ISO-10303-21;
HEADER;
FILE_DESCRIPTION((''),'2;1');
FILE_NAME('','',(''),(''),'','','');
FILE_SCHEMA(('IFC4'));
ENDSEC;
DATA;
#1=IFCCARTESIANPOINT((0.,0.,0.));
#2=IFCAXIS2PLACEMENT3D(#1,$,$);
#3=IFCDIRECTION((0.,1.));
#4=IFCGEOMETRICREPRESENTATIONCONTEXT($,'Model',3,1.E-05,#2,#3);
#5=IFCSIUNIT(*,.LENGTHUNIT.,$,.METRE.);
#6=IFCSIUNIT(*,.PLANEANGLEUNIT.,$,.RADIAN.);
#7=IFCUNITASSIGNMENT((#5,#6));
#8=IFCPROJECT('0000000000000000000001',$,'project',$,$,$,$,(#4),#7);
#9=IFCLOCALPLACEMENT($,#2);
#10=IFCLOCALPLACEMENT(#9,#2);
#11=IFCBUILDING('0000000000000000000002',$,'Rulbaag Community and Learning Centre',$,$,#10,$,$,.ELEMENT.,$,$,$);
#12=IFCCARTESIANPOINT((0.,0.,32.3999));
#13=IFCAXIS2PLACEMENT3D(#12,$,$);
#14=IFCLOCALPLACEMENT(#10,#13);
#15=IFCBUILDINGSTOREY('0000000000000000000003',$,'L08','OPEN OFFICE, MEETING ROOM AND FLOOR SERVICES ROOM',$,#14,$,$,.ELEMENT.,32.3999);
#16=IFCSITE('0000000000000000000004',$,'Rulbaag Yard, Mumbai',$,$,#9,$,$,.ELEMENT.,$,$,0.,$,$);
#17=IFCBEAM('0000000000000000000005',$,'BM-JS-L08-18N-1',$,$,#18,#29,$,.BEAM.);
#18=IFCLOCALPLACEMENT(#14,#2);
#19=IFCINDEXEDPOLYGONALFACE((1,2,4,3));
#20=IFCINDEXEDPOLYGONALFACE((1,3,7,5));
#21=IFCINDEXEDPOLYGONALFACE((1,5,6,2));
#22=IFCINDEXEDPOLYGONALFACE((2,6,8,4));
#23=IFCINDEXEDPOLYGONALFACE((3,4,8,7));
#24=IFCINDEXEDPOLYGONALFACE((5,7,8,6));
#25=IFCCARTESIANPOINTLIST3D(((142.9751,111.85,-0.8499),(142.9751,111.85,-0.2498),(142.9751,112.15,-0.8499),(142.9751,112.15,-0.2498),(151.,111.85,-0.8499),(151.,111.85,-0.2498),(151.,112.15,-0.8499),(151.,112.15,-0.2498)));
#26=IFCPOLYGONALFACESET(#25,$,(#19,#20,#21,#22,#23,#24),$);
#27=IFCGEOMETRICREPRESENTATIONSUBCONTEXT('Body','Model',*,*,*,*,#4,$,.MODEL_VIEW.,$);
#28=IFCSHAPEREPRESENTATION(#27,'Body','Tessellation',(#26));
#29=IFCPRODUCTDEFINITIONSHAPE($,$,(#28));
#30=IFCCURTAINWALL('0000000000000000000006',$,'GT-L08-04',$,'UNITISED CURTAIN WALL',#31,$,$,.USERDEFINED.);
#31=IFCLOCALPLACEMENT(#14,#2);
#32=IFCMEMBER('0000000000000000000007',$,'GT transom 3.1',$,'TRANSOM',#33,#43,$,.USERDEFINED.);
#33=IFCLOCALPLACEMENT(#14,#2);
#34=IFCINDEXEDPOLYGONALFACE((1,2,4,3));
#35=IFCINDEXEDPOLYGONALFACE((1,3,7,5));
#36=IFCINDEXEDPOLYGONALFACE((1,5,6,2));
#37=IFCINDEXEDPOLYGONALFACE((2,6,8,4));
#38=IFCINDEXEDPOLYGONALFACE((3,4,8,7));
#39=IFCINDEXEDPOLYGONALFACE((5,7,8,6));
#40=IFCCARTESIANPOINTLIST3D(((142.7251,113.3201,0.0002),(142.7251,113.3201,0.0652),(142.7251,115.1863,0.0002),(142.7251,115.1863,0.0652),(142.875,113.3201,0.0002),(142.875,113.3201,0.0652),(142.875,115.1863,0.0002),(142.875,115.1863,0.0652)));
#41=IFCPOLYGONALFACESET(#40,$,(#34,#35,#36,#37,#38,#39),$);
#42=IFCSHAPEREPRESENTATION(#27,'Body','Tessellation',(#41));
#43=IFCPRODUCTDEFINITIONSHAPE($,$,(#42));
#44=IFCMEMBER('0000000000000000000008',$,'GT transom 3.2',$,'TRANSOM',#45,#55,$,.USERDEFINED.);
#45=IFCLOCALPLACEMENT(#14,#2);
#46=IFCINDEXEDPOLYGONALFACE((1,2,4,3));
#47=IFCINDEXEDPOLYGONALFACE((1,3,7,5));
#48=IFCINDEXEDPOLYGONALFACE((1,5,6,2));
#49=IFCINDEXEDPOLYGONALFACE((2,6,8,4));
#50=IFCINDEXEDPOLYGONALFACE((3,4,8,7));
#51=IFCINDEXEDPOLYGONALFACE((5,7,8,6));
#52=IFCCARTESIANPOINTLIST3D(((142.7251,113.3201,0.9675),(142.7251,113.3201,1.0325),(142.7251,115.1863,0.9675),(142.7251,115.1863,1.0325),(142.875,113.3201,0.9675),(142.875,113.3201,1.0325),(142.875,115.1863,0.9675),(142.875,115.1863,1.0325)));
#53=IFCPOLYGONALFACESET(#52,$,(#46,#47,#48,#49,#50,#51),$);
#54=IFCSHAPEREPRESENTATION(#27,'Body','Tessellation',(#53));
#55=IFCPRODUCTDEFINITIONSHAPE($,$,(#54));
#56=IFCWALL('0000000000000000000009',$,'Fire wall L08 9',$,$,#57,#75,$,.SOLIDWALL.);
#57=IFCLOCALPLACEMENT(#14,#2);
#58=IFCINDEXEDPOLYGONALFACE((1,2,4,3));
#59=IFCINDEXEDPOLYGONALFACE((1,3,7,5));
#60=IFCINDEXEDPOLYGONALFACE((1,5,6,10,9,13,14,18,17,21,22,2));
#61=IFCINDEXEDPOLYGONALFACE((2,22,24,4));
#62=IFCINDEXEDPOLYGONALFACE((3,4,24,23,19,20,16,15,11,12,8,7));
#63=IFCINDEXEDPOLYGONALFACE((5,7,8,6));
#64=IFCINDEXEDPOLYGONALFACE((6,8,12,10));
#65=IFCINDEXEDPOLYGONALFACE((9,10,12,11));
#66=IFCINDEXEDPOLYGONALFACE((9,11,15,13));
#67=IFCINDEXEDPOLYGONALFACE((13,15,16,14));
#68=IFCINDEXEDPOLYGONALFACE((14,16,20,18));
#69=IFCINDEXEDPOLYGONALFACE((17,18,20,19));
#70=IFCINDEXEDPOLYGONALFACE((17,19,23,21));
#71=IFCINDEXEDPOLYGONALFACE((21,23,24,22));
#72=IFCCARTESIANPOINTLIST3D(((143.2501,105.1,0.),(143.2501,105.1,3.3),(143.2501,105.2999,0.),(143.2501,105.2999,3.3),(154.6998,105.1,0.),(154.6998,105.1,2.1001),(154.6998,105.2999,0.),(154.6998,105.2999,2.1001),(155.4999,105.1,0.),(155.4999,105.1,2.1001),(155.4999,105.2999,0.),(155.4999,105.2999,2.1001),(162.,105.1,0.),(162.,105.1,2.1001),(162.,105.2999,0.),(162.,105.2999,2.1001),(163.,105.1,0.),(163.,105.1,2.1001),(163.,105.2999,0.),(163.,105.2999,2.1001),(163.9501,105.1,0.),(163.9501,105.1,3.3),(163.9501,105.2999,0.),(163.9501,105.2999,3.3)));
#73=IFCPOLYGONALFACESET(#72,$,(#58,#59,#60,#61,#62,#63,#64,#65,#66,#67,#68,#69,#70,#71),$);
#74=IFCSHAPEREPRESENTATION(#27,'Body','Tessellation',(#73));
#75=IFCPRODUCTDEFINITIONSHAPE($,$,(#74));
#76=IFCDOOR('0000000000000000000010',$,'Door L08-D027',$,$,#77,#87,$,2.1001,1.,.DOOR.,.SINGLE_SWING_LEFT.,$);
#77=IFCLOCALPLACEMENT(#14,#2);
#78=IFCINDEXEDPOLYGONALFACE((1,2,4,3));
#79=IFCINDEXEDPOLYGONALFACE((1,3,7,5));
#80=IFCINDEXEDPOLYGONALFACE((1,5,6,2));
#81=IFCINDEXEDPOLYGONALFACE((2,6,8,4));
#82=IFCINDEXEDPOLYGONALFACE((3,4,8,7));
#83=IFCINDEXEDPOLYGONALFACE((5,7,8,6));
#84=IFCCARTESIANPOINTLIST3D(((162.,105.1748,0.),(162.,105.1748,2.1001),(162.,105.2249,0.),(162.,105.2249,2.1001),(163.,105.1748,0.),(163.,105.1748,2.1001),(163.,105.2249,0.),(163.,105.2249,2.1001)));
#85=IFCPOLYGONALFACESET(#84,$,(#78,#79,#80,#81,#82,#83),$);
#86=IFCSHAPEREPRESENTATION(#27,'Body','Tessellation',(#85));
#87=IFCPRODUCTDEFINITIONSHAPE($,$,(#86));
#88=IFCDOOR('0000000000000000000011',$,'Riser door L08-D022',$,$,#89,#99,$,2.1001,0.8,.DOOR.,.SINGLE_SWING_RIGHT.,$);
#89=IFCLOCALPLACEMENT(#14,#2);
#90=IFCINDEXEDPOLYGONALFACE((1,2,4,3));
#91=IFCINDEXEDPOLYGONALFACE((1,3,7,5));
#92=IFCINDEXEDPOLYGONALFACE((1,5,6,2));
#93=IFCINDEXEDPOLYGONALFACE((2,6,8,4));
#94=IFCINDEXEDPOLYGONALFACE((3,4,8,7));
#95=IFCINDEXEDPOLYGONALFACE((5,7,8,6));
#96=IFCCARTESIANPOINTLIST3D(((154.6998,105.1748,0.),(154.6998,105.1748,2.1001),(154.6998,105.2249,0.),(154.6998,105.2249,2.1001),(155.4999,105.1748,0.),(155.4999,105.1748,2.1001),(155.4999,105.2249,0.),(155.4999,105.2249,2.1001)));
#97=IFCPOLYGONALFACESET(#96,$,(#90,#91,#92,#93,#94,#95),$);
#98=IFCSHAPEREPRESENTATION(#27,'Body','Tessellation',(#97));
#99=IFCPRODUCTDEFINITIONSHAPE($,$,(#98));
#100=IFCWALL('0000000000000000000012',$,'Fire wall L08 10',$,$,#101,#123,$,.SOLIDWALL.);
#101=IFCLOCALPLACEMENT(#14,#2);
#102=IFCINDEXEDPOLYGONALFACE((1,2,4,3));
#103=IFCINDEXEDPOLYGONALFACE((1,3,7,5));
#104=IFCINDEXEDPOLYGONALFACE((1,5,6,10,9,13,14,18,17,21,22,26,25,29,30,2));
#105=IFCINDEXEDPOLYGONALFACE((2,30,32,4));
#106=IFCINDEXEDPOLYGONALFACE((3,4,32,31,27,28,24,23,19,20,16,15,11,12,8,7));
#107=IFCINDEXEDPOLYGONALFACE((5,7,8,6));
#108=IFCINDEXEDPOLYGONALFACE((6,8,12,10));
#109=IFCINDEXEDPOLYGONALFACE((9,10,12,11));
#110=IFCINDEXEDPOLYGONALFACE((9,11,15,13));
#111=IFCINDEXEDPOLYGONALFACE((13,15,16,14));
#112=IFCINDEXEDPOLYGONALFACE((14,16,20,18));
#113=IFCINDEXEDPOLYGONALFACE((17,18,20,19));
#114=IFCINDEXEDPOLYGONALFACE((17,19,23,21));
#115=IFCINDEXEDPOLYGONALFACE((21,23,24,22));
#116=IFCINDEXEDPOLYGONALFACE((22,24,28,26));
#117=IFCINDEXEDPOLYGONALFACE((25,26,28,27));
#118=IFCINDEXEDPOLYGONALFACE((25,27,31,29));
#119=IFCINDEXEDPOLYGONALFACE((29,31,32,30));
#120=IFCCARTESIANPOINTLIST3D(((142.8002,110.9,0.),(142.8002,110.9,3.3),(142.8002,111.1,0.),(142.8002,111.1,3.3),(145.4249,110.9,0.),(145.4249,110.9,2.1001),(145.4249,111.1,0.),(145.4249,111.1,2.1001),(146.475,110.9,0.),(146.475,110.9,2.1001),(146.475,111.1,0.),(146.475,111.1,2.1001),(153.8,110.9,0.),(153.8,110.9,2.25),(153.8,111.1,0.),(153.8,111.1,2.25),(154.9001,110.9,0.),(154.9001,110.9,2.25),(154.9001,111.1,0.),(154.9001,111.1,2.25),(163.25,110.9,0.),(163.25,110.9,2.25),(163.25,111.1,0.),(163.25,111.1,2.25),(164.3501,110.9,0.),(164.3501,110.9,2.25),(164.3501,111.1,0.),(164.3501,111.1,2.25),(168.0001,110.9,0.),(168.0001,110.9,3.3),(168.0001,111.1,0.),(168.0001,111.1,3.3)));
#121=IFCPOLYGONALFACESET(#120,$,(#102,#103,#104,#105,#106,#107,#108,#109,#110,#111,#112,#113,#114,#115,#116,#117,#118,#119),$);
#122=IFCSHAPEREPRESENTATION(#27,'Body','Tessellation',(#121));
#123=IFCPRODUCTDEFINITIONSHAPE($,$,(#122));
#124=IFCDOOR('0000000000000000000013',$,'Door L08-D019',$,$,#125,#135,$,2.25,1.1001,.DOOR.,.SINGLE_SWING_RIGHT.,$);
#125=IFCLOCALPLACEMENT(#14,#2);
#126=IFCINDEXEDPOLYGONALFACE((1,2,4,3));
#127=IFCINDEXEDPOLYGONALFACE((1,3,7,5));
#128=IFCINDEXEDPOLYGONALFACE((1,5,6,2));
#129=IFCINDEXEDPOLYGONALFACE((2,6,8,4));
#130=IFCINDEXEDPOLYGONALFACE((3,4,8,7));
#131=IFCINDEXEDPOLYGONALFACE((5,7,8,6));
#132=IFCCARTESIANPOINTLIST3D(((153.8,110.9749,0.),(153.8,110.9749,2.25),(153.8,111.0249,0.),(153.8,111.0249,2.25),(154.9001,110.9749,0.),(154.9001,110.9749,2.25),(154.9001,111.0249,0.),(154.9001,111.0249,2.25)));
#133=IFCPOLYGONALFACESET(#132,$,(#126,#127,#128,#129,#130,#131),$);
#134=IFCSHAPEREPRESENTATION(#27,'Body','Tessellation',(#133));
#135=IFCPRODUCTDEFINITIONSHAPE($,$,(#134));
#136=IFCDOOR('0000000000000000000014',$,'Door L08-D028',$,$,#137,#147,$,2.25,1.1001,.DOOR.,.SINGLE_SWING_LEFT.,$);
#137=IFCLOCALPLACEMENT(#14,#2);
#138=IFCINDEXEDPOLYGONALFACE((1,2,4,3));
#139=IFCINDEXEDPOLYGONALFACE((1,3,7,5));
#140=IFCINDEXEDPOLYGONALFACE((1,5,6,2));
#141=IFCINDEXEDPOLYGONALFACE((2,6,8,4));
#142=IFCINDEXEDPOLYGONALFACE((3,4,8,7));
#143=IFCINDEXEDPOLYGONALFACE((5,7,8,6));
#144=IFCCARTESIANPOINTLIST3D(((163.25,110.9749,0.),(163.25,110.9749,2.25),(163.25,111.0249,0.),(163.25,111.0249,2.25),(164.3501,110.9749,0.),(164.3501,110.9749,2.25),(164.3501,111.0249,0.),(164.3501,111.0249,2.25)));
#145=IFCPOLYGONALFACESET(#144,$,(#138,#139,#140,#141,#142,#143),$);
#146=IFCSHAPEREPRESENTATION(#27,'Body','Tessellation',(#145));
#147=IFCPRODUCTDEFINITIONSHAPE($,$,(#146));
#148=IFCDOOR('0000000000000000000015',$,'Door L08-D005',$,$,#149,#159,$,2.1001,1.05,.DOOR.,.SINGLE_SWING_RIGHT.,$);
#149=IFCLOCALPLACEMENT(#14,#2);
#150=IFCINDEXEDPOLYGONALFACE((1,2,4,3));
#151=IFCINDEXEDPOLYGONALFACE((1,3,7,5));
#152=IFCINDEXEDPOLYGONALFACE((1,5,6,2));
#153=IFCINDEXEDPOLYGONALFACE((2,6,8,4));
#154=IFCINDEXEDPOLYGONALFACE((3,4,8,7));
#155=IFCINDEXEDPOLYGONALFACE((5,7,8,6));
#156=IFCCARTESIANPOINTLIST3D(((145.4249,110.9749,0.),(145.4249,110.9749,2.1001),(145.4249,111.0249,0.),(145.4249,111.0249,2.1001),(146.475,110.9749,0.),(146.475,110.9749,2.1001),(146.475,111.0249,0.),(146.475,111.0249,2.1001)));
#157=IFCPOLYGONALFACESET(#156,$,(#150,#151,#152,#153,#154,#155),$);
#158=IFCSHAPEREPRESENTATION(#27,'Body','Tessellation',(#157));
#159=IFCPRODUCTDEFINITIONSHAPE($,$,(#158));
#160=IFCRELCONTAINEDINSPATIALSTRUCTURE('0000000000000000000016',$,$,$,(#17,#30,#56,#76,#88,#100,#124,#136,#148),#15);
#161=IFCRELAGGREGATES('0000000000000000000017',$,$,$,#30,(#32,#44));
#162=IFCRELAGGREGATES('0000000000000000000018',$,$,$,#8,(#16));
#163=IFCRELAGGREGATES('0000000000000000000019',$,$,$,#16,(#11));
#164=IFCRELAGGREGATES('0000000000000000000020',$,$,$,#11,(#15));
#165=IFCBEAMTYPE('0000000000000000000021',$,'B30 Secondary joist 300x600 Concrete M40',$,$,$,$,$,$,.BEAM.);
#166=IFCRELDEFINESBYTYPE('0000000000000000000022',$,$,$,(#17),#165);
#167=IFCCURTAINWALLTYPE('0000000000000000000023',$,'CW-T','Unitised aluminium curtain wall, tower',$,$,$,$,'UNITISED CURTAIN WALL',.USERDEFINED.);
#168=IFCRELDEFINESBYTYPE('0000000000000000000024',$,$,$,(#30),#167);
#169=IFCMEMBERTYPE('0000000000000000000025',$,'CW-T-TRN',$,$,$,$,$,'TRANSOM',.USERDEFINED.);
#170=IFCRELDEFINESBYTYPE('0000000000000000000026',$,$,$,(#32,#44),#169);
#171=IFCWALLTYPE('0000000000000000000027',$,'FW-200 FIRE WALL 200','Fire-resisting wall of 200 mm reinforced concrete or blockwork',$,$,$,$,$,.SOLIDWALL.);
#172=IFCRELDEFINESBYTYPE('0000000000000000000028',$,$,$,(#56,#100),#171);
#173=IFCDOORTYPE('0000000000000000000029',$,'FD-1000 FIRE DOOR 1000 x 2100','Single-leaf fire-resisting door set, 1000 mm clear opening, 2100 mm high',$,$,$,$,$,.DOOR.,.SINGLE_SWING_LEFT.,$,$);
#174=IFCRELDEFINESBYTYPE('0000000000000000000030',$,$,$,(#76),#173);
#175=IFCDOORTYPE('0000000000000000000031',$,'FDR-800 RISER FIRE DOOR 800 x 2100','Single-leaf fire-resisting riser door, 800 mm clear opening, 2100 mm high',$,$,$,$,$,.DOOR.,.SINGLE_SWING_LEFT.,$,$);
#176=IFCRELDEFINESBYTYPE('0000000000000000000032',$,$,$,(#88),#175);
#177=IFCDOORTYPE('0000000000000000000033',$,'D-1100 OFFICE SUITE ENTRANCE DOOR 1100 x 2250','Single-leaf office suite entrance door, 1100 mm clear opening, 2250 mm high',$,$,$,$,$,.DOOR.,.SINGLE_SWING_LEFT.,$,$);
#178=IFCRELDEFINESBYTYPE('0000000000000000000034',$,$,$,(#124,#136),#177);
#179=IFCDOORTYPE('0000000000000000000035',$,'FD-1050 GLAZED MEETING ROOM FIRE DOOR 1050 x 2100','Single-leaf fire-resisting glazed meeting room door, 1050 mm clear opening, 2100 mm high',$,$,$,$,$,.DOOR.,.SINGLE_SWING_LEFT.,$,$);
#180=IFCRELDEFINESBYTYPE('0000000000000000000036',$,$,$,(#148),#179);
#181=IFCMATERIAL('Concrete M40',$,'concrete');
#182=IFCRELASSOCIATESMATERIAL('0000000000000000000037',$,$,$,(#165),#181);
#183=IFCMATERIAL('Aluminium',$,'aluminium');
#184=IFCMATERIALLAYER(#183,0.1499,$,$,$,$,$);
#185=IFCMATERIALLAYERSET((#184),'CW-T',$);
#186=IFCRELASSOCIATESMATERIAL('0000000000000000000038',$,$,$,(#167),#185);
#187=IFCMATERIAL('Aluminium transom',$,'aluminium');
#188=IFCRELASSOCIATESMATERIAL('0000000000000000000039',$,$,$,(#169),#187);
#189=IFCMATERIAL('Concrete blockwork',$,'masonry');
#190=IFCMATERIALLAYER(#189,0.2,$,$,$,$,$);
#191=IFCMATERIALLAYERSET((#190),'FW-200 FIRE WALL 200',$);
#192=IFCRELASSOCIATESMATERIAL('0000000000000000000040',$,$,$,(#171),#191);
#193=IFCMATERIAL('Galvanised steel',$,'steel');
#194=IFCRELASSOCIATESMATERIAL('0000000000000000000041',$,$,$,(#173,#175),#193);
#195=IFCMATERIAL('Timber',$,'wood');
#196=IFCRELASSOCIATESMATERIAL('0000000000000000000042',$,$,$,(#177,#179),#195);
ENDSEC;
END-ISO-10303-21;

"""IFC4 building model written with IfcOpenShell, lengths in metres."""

from ifc_helpers import new_model, si_unit, direction, frame, frame_2d, origin, origin_2d, place, context, subcontext, project, spatial, rectangle, extrude, material, layer, layer_set, material_profile, profile_set, type_object, element, fill, aggregate, save


model = new_model("IFC4")

# Units and contexts
model_context = context("Model", 3, precision=1e-05, world=origin(), true_north=direction((0.0, 1.0)))
body_context = subcontext(model_context, "Body", "Model", "MODEL_VIEW")
ifc_project = project(units=[si_unit("LENGTHUNIT", "METRE"), si_unit("PLANEANGLEUNIT", "RADIAN")], contexts=[model_context])

# Site, building, storey
site_placement = place(None, origin())
site = spatial("IfcSite", under=ifc_project, at=site_placement, Name="Rulbaag Yard, Mumbai", CompositionType="ELEMENT", RefElevation=0.0)
building_placement = place(site_placement, origin())
building = spatial("IfcBuilding", under=site, at=building_placement, Name="Rulbaag Community and Learning Centre", CompositionType="ELEMENT")
storey_placement = place(building_placement, frame((0.0, 0.0, 32.3999)))
storey = spatial("IfcBuildingStorey", under=building, at=storey_placement, Name="L08", Description="OPEN OFFICE, MEETING ROOM AND FLOOR SERVICES ROOM", CompositionType="ELEMENT", Elevation=32.3999)

# Beam
ifc_material_1 = material(Name="Concrete M40", Category="concrete")
ifc_material_profile_1 = material_profile(ifc_material_1, rectangle(XDim=0.3, YDim=0.6001, at=origin_2d()), Name="RB300x600")
ifc_profile_set_1 = profile_set([ifc_material_profile_1], Name="Concrete M40")
beam_type = type_object("IfcBeamType", Name="B30 Secondary joist 300x600 Concrete M40", PredefinedType="BEAM", material=ifc_profile_set_1)
beam_placement = place(storey_placement, frame((142.9751, 112.0, -0.5498), z_axis=(1.0, 0.0, 0.0), x_axis=(0.0, 1.0, 0.0)))
element("IfcBeam", 1, at=beam_placement, inside=storey, type_object=beam_type, Name="BM-JS-L08-18N-1", PredefinedType="BEAM", context=body_context, shape_type="SweptSolid", body=[
    extrude(rectangle(XDim=0.3, YDim=0.6001, at=origin_2d()), origin(), (0.0, 0.0, 1.0), 8.0249),
])

# Curtain wall, members
ifc_material_2 = material(Name="Aluminium", Category="aluminium")
ifc_layer_1 = layer(ifc_material_2, 0.1499)
ifc_layer_set_1 = layer_set([ifc_layer_1], Name="CW-T")
curtain_wall_type = type_object("IfcCurtainWallType", Name="CW-T", Description="Unitised aluminium curtain wall, tower", ElementType="UNITISED CURTAIN WALL", PredefinedType="USERDEFINED", material=ifc_layer_set_1)
curtain_wall_placement = place(storey_placement, origin())
curtain_wall = element("IfcCurtainWall", 2, at=curtain_wall_placement, inside=storey, type_object=curtain_wall_type, Name="GT-L08-04", ObjectType="UNITISED CURTAIN WALL", PredefinedType="USERDEFINED")
ifc_material_3 = material(Name="Aluminium transom", Category="aluminium")
ifc_material_profile_2 = material_profile(ifc_material_3, rectangle(XDim=0.1499, YDim=0.0649, at=origin_2d()), Name="AL 65x150 T")
ifc_profile_set_2 = profile_set([ifc_material_profile_2], Name="Aluminium transom")
member_type = type_object("IfcMemberType", Name="CW-T-TRN", ElementType="TRANSOM", PredefinedType="USERDEFINED", material=ifc_profile_set_2)
member_1_placement = place(storey_placement, frame((142.8, 113.3201, 0.0327), z_axis=(0.0, 1.0, 0.0), x_axis=(-1.0, 0.0, 0.0)))
member_1 = element("IfcMember", 3, at=member_1_placement, type_object=member_type, Name="GT transom 3.1", ObjectType="TRANSOM", PredefinedType="USERDEFINED", context=body_context, shape_type="SweptSolid", body=[
    extrude(rectangle(XDim=0.1499, YDim=0.0649, at=origin_2d()), origin(), (0.0, 0.0, 1.0), 1.8662),
])
member_2_placement = place(storey_placement, frame((142.8, 113.3201, 1.0), z_axis=(0.0, 1.0, 0.0), x_axis=(-1.0, 0.0, 0.0)))
member_2 = element("IfcMember", 4, at=member_2_placement, type_object=member_type, Name="GT transom 3.2", ObjectType="TRANSOM", PredefinedType="USERDEFINED", context=body_context, shape_type="SweptSolid", body=[
    extrude(rectangle(XDim=0.1499, YDim=0.0649, at=origin_2d()), origin(), (0.0, 0.0, 1.0), 1.8662),
])
aggregate(curtain_wall, [member_1, member_2])

# Walls, openings, doors
ifc_material_4 = material(Name="Concrete blockwork", Category="masonry")
ifc_layer_2 = layer(ifc_material_4, 0.2)
ifc_layer_set_2 = layer_set([ifc_layer_2], Name="FW-200 FIRE WALL 200")
wall_type_1 = type_object("IfcWallType", Name="FW-200 FIRE WALL 200", Description="Fire-resisting wall of 200 mm reinforced concrete or blockwork", PredefinedType="SOLIDWALL", material=ifc_layer_set_2)
wall_1_placement = place(storey_placement, frame((143.25, 105.2, 0.0), z_axis=(0.0, 0.0, 1.0), x_axis=(1.0, 0.0, 0.0)))
wall_1 = element("IfcWall", 5, at=wall_1_placement, inside=storey, type_object=wall_type_1, Name="Fire wall L08 9", PredefinedType="SOLIDWALL", context=body_context, shape_type="SweptSolid", body=[
    extrude(rectangle(XDim=20.7, YDim=0.2, at=frame_2d((10.3501, 0.0))), origin(), (0.0, 0.0, 1.0), 3.3),
])
opening_1_placement = place(wall_1_placement, frame((11.45, 0.0, 0.0)))
opening_1 = element("IfcOpeningElement", 6, at=opening_1_placement, cuts=wall_1, PredefinedType="OPENING", context=body_context, shape_type="SweptSolid", body=[
    extrude(rectangle(XDim=0.8, YDim=2.1001, at=frame_2d((0.3999, 1.05))), frame((0.0, 0.1099, 0.0), z_axis=(0.0, -1.0, 0.0), x_axis=(1.0, 0.0, 0.0)), (0.0, 0.0, 1.0), 0.22),
])
opening_2_placement = place(wall_1_placement, frame((18.75, 0.0, 0.0)))
opening_2 = element("IfcOpeningElement", 7, at=opening_2_placement, cuts=wall_1, PredefinedType="OPENING", context=body_context, shape_type="SweptSolid", body=[
    extrude(rectangle(XDim=1.0, YDim=2.1001, at=frame_2d((0.5, 1.05))), frame((0.0, 0.1099, 0.0), z_axis=(0.0, -1.0, 0.0), x_axis=(1.0, 0.0, 0.0)), (0.0, 0.0, 1.0), 0.22),
])
ifc_material_5 = material(Name="Galvanised steel", Category="steel")
door_type_1 = type_object("IfcDoorType", Name="FD-1000 FIRE DOOR 1000 x 2100", Description="Single-leaf fire-resisting door set, 1000 mm clear opening, 2100 mm high", OperationType="SINGLE_SWING_LEFT", PredefinedType="DOOR", material=ifc_material_5)
door_1_placement = place(opening_2_placement, origin())
door_1 = element("IfcDoor", 8, at=door_1_placement, inside=storey, type_object=door_type_1, Name="Door L08-D027", OperationType="SINGLE_SWING_LEFT", OverallHeight=2.1001, OverallWidth=1.0, PredefinedType="DOOR", context=body_context, shape_type="SweptSolid", body=[
    extrude(rectangle(XDim=1.0, YDim=2.1001, at=frame_2d((0.5, 1.05))), frame((0.0, 0.0249, 0.0), z_axis=(0.0, -1.0, 0.0), x_axis=(1.0, 0.0, 0.0)), (0.0, 0.0, 1.0), 0.05),
])
fill(opening_2, door_1)
door_type_2 = type_object("IfcDoorType", Name="FDR-800 RISER FIRE DOOR 800 x 2100", Description="Single-leaf fire-resisting riser door, 800 mm clear opening, 2100 mm high", OperationType="SINGLE_SWING_LEFT", PredefinedType="DOOR", material=ifc_material_5)
door_2_placement = place(opening_1_placement, origin())
door_2 = element("IfcDoor", 9, at=door_2_placement, inside=storey, type_object=door_type_2, Name="Riser door L08-D022", OperationType="SINGLE_SWING_RIGHT", OverallHeight=2.1001, OverallWidth=0.8, PredefinedType="DOOR", context=body_context, shape_type="SweptSolid", body=[
    extrude(rectangle(XDim=0.8, YDim=2.1001, at=frame_2d((0.3999, 1.05))), frame((0.0, 0.0249, 0.0), z_axis=(0.0, -1.0, 0.0), x_axis=(1.0, 0.0, 0.0)), (0.0, 0.0, 1.0), 0.05),
])
fill(opening_1, door_2)
wall_2_placement = place(storey_placement, frame((142.8, 111.0, 0.0), z_axis=(0.0, 0.0, 1.0), x_axis=(1.0, 0.0, 0.0)))
wall_2 = element("IfcWall", 10, at=wall_2_placement, inside=storey, type_object=wall_type_1, Name="Fire wall L08 10", PredefinedType="SOLIDWALL", context=body_context, shape_type="SweptSolid", body=[
    extrude(rectangle(XDim=25.2, YDim=0.2, at=frame_2d((12.6001, 0.0))), origin(), (0.0, 0.0, 1.0), 3.3),
])
opening_3_placement = place(wall_2_placement, frame((2.625, 0.0, 0.0)))
opening_3 = element("IfcOpeningElement", 11, at=opening_3_placement, cuts=wall_2, PredefinedType="OPENING", context=body_context, shape_type="SweptSolid", body=[
    extrude(rectangle(XDim=1.05, YDim=2.1001, at=frame_2d((0.5249, 1.05))), frame((0.0, 0.1099, 0.0), z_axis=(0.0, -1.0, 0.0), x_axis=(1.0, 0.0, 0.0)), (0.0, 0.0, 1.0), 0.22),
])
opening_4_placement = place(wall_2_placement, frame((11.0, 0.0, 0.0)))
opening_4 = element("IfcOpeningElement", 12, at=opening_4_placement, cuts=wall_2, PredefinedType="OPENING", context=body_context, shape_type="SweptSolid", body=[
    extrude(rectangle(XDim=1.1001, YDim=2.25, at=frame_2d((0.55, 1.125))), frame((0.0, 0.1099, 0.0), z_axis=(0.0, -1.0, 0.0), x_axis=(1.0, 0.0, 0.0)), (0.0, 0.0, 1.0), 0.22),
])
opening_5_placement = place(wall_2_placement, frame((20.45, 0.0, 0.0)))
opening_5 = element("IfcOpeningElement", 13, at=opening_5_placement, cuts=wall_2, PredefinedType="OPENING", context=body_context, shape_type="SweptSolid", body=[
    extrude(rectangle(XDim=1.1001, YDim=2.25, at=frame_2d((0.55, 1.125))), frame((0.0, 0.1099, 0.0), z_axis=(0.0, -1.0, 0.0), x_axis=(1.0, 0.0, 0.0)), (0.0, 0.0, 1.0), 0.22),
])
ifc_material_6 = material(Name="Timber", Category="wood")
door_type_3 = type_object("IfcDoorType", Name="D-1100 OFFICE SUITE ENTRANCE DOOR 1100 x 2250", Description="Single-leaf office suite entrance door, 1100 mm clear opening, 2250 mm high", OperationType="SINGLE_SWING_LEFT", PredefinedType="DOOR", material=ifc_material_6)
door_3_placement = place(opening_4_placement, origin())
door_3 = element("IfcDoor", 14, at=door_3_placement, inside=storey, type_object=door_type_3, Name="Door L08-D019", OperationType="SINGLE_SWING_RIGHT", OverallHeight=2.25, OverallWidth=1.1001, PredefinedType="DOOR", context=body_context, shape_type="SweptSolid", body=[
    extrude(rectangle(XDim=1.1001, YDim=2.25, at=frame_2d((0.55, 1.125))), frame((0.0, 0.0249, 0.0), z_axis=(0.0, -1.0, 0.0), x_axis=(1.0, 0.0, 0.0)), (0.0, 0.0, 1.0), 0.05),
])
fill(opening_4, door_3)
door_4_placement = place(opening_5_placement, origin())
door_4 = element("IfcDoor", 15, at=door_4_placement, inside=storey, type_object=door_type_3, Name="Door L08-D028", OperationType="SINGLE_SWING_LEFT", OverallHeight=2.25, OverallWidth=1.1001, PredefinedType="DOOR", context=body_context, shape_type="SweptSolid", body=[
    extrude(rectangle(XDim=1.1001, YDim=2.25, at=frame_2d((0.55, 1.125))), frame((0.0, 0.0249, 0.0), z_axis=(0.0, -1.0, 0.0), x_axis=(1.0, 0.0, 0.0)), (0.0, 0.0, 1.0), 0.05),
])
fill(opening_5, door_4)
door_type_4 = type_object("IfcDoorType", Name="FD-1050 GLAZED MEETING ROOM FIRE DOOR 1050 x 2100", Description="Single-leaf fire-resisting glazed meeting room door, 1050 mm clear opening, 2100 mm high", OperationType="SINGLE_SWING_LEFT", PredefinedType="DOOR", material=ifc_material_6)
door_5_placement = place(opening_3_placement, origin())
door_5 = element("IfcDoor", 16, at=door_5_placement, inside=storey, type_object=door_type_4, Name="Door L08-D005", OperationType="SINGLE_SWING_RIGHT", OverallHeight=2.1001, OverallWidth=1.05, PredefinedType="DOOR", context=body_context, shape_type="SweptSolid", body=[
    extrude(rectangle(XDim=1.05, YDim=2.1001, at=frame_2d((0.5249, 1.05))), frame((0.0, 0.0249, 0.0), z_axis=(0.0, -1.0, 0.0), x_axis=(1.0, 0.0, 0.0)), (0.0, 0.0, 1.0), 0.05),
])
fill(opening_3, door_5)

save(model, "model.ifc")
